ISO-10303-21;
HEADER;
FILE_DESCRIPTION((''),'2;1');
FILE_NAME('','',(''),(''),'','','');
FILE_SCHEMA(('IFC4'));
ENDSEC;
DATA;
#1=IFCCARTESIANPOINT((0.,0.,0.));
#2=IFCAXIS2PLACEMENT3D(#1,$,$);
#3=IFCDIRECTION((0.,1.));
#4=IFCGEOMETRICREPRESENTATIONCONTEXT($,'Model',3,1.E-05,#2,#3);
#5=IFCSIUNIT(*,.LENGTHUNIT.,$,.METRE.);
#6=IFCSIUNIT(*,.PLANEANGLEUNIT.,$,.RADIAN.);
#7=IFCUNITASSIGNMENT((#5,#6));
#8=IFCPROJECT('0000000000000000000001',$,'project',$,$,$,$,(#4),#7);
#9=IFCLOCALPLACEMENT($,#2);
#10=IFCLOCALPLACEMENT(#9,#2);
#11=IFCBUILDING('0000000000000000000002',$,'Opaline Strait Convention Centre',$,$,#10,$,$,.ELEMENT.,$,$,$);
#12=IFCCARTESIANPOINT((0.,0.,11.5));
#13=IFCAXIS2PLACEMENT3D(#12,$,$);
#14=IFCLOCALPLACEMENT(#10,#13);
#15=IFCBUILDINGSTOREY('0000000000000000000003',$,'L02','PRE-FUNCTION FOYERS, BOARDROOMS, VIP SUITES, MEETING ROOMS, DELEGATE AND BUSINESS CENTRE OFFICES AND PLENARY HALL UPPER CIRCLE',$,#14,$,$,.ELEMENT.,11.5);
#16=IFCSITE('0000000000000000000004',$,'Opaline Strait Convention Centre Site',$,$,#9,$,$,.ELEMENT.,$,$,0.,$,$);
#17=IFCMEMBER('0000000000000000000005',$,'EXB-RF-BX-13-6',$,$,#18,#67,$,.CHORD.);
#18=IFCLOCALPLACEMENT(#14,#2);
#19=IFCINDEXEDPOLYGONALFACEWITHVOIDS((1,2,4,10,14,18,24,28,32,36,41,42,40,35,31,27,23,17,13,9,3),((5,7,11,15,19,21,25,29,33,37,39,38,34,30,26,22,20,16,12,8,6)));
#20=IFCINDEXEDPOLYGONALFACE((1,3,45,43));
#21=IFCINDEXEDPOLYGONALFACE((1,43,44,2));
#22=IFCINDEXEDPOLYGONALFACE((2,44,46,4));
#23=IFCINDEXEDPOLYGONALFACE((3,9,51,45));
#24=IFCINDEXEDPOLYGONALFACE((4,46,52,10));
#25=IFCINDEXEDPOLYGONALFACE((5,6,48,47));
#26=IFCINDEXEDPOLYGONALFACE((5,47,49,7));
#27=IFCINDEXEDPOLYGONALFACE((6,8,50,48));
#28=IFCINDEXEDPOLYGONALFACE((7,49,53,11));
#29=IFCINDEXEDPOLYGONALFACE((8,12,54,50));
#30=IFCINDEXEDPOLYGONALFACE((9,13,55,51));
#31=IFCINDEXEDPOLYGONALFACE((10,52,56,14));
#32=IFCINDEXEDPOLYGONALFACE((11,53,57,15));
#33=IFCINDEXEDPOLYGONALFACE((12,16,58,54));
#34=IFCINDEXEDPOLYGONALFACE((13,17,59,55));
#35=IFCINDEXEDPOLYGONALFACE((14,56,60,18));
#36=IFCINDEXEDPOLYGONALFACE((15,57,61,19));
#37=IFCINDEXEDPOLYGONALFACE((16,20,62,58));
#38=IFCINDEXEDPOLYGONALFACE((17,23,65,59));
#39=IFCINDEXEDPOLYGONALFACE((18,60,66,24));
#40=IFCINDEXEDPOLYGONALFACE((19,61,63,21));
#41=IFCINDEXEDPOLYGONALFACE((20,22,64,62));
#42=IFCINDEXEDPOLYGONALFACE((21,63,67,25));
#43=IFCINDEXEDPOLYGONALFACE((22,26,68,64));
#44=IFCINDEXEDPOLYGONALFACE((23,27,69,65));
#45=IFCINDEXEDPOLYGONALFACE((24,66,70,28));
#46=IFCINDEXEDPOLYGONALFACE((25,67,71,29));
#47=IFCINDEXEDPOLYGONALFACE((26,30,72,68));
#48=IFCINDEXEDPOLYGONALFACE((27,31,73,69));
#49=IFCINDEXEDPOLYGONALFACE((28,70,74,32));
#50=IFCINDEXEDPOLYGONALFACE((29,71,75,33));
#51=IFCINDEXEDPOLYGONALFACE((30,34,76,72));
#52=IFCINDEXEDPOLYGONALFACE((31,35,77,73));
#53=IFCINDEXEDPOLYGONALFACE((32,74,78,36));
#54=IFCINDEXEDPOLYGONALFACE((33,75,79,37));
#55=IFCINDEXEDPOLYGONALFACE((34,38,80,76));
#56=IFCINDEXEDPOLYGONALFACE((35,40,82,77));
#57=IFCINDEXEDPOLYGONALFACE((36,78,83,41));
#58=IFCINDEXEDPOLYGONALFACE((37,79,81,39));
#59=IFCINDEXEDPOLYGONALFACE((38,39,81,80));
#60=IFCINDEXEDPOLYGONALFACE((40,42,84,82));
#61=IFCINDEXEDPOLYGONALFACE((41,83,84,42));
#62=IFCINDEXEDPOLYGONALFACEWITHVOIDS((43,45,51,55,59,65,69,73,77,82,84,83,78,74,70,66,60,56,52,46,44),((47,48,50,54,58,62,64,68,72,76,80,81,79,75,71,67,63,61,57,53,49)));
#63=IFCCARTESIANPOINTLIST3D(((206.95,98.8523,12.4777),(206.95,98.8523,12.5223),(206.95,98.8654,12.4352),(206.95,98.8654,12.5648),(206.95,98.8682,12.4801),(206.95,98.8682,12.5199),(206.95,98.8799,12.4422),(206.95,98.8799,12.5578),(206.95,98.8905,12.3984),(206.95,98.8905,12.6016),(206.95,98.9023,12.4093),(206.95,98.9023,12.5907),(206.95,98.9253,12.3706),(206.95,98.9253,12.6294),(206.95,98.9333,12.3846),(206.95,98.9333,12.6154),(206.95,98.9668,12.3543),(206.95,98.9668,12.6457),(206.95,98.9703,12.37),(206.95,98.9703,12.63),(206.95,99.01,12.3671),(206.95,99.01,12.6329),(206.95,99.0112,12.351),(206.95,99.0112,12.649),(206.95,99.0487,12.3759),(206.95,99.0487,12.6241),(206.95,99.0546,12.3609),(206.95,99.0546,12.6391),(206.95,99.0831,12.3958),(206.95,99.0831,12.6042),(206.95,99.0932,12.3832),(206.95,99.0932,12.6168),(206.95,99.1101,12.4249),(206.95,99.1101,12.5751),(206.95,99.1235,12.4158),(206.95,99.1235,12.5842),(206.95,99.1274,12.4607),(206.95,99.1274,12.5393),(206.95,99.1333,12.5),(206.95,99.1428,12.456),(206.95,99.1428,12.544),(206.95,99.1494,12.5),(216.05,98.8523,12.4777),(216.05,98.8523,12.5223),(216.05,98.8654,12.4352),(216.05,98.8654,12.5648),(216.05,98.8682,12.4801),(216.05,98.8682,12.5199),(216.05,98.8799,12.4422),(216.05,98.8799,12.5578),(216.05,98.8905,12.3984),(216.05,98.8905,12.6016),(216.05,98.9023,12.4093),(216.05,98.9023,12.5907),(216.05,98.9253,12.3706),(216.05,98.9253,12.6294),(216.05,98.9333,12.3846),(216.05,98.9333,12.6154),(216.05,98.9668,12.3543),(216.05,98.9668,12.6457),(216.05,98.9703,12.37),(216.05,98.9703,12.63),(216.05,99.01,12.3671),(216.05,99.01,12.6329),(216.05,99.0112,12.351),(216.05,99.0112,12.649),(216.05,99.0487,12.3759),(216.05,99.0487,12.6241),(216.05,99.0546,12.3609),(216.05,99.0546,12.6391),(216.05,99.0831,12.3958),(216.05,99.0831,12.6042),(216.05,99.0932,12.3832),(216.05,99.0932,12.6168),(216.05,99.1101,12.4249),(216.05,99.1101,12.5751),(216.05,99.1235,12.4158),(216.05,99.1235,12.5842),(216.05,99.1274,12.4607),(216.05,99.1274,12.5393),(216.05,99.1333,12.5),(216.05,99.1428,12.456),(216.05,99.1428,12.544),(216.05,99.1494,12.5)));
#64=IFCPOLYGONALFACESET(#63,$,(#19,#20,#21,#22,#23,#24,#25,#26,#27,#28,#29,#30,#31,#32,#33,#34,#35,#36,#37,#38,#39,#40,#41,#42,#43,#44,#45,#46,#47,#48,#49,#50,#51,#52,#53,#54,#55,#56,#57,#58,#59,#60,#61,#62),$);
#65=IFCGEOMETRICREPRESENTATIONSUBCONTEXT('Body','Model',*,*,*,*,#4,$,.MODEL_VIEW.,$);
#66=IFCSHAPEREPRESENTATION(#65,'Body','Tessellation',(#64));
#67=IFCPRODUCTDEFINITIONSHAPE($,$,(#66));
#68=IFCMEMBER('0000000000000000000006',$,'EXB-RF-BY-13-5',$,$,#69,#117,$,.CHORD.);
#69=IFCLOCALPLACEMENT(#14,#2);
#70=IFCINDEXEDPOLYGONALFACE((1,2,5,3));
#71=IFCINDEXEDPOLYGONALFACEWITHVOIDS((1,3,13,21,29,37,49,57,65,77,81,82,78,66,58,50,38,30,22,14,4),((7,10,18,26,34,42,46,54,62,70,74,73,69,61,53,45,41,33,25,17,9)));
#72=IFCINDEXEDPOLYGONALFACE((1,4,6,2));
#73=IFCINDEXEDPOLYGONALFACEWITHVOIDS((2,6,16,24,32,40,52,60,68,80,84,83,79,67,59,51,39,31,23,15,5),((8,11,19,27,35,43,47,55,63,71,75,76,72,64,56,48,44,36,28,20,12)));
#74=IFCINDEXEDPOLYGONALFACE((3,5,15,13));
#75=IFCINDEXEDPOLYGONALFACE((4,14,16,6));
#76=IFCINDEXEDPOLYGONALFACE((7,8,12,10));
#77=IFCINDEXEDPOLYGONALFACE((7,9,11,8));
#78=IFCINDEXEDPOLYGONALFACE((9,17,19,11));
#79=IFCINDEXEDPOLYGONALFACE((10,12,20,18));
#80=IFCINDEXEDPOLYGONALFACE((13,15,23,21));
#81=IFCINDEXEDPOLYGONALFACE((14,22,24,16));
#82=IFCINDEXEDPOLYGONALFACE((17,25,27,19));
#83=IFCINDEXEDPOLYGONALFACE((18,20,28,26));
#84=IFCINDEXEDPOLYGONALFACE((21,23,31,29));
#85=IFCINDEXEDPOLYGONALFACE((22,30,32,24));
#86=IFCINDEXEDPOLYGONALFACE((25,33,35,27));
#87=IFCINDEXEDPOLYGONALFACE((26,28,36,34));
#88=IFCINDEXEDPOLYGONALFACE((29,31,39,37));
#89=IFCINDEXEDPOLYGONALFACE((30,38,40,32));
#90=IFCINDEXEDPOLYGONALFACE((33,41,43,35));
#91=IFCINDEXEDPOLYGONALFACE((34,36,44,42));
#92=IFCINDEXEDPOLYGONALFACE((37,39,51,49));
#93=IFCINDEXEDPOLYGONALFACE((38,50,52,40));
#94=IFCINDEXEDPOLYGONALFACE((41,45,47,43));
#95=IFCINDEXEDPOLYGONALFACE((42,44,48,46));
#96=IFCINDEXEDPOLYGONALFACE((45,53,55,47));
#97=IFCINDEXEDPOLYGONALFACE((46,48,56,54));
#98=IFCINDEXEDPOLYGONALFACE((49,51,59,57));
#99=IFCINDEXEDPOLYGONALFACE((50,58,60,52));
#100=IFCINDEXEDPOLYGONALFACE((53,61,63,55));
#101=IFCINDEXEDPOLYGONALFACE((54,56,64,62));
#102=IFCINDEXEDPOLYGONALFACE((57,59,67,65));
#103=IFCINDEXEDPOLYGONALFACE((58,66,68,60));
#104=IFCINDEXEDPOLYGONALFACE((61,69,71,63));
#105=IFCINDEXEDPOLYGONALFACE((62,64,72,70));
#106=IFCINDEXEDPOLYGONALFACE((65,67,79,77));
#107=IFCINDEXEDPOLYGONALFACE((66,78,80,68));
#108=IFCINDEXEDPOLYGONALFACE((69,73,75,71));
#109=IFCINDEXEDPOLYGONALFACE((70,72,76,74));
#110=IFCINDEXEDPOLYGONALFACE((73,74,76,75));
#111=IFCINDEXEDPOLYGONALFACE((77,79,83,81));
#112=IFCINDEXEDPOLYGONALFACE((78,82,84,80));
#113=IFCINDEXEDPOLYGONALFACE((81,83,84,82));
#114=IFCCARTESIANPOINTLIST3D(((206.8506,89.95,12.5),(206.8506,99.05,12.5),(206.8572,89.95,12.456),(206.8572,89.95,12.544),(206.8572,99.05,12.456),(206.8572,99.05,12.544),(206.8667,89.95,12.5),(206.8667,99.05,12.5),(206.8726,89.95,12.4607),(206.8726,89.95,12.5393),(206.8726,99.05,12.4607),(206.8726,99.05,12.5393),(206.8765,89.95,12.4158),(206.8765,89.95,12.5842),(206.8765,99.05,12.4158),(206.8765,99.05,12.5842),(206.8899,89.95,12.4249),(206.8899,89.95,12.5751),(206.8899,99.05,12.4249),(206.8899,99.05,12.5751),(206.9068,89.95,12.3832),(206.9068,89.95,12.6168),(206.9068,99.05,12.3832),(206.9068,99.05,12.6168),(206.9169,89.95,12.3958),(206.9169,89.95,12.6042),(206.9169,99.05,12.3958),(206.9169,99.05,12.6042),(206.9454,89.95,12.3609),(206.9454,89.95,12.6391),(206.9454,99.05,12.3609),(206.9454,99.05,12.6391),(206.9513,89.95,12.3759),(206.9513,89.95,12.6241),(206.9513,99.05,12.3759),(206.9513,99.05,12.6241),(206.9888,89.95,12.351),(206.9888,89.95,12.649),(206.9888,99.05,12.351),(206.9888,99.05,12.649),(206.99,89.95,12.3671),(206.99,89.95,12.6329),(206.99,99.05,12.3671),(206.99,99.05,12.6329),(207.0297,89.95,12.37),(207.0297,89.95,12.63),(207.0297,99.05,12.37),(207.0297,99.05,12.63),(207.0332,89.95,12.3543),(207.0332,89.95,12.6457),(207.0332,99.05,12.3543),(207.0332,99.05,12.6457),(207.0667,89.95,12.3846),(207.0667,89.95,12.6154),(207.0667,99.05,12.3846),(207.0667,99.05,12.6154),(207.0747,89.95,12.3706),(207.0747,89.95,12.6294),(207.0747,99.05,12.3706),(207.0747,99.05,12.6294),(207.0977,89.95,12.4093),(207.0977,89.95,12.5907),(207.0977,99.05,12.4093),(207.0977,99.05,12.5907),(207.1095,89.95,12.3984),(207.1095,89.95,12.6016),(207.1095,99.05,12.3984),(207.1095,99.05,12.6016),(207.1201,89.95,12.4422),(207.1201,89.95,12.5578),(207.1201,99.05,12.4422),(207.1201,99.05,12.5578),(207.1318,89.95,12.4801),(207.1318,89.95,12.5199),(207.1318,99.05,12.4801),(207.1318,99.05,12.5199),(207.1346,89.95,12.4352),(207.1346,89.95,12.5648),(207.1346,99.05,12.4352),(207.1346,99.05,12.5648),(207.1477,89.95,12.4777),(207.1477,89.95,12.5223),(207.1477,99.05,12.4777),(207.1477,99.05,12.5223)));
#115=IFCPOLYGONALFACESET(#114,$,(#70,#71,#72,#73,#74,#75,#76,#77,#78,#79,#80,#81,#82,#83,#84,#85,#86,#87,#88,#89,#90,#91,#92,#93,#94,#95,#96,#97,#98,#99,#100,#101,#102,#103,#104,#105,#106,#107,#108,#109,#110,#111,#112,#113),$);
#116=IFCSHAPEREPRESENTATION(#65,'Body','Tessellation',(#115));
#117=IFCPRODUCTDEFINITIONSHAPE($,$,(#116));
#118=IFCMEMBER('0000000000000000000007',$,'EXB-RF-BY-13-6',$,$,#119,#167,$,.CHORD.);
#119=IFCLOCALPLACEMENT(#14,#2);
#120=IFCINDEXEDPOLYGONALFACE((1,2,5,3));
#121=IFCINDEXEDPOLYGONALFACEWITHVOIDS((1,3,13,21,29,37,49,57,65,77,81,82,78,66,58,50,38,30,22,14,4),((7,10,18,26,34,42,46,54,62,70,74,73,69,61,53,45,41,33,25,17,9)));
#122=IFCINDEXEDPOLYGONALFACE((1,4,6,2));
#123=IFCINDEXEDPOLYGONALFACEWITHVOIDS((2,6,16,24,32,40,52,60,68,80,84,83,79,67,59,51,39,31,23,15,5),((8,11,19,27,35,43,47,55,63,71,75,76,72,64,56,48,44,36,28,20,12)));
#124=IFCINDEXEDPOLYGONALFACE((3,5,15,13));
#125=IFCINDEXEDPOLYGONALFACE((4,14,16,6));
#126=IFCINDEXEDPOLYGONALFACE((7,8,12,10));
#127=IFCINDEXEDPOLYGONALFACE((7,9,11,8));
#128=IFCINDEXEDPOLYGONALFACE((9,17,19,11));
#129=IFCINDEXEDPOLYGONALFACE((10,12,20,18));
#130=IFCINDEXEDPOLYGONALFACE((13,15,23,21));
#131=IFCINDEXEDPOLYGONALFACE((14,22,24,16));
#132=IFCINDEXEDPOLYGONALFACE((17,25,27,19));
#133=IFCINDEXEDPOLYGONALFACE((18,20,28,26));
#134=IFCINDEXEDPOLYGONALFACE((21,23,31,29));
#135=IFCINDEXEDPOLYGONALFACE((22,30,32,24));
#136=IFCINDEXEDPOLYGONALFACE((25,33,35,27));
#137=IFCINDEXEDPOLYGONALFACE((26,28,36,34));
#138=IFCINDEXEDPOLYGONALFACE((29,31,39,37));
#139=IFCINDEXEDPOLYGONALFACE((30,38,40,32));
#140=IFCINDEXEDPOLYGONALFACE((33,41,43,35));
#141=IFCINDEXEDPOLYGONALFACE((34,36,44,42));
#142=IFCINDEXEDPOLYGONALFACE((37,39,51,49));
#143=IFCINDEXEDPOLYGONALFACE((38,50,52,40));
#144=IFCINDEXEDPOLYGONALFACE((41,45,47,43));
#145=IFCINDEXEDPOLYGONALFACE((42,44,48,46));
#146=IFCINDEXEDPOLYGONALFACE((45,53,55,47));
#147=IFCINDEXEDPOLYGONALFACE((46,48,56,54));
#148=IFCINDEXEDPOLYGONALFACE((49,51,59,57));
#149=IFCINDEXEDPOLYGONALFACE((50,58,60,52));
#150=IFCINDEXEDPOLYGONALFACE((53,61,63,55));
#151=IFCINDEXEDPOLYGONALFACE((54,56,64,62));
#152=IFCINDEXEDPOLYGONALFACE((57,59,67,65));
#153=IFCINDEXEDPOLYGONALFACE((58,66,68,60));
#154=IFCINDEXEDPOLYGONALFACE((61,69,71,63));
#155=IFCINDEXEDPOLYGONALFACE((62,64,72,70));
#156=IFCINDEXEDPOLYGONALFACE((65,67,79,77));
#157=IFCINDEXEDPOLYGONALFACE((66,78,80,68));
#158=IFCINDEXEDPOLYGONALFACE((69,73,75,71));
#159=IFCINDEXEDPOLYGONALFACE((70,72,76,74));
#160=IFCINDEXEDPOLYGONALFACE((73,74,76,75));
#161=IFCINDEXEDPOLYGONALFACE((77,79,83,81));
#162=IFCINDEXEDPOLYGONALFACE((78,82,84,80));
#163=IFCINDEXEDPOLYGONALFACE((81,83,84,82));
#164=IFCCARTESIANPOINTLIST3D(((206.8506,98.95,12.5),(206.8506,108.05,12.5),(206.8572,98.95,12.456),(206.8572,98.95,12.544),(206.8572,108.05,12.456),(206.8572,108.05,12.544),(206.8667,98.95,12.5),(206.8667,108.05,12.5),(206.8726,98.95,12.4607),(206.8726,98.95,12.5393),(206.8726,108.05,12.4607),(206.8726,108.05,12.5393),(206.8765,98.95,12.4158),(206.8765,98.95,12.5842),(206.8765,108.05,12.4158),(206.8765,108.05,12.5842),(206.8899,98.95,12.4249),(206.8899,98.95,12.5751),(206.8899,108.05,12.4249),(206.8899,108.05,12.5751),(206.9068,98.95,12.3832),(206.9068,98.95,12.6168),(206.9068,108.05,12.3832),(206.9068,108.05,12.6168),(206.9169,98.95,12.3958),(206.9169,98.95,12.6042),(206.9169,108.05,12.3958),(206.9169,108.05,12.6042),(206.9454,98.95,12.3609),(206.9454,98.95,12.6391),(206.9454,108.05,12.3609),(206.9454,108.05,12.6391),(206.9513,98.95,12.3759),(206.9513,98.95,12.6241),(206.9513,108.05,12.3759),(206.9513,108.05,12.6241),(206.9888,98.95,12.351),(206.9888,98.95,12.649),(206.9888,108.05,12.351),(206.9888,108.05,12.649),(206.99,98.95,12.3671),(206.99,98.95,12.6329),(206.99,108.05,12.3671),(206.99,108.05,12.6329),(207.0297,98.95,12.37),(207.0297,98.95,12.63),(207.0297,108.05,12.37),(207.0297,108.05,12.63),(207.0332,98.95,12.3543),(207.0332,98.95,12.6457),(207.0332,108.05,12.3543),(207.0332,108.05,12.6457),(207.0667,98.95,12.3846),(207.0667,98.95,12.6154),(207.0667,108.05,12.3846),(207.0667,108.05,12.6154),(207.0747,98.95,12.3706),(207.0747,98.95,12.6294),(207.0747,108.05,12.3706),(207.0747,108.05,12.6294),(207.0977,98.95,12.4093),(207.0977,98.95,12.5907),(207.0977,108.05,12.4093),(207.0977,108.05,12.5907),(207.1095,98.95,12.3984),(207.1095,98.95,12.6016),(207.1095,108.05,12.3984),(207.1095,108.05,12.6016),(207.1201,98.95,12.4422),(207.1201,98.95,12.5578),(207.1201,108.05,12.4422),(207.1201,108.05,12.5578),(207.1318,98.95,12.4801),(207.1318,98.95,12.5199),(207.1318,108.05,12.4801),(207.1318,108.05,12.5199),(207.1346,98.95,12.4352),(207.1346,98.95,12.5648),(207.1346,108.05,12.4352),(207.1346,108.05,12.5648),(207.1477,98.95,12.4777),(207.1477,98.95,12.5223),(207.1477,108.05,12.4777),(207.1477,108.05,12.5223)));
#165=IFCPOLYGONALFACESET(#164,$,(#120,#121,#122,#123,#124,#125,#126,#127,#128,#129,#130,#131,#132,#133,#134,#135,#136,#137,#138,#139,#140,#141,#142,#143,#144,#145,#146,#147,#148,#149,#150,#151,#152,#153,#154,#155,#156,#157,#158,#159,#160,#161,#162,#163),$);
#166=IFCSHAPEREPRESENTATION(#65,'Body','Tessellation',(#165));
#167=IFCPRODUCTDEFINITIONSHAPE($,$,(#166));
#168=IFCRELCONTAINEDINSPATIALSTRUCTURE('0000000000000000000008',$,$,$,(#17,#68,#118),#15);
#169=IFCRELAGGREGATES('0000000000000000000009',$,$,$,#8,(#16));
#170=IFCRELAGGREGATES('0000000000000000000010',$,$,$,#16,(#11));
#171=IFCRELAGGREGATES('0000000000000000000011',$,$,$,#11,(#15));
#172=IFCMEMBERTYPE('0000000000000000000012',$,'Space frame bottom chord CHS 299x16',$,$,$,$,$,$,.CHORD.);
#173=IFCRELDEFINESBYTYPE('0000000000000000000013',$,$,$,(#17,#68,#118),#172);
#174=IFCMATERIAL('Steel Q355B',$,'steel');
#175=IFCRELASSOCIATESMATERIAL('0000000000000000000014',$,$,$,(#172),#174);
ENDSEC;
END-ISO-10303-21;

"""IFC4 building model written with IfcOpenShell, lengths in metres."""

from ifc_helpers import new_model, si_unit, direction, frame, origin, origin_2d, place, context, subcontext, project, spatial, hollow_circle, extrude, material, material_profile, profile_set, type_object, element, save


model = new_model("IFC4")

# Units and contexts
model_context = context("Model", 3, precision=1e-05, world=origin(), true_north=direction((0.0, 1.0)))
body_context = subcontext(model_context, "Body", "Model", "MODEL_VIEW")
ifc_project = project(units=[si_unit("LENGTHUNIT", "METRE"), si_unit("PLANEANGLEUNIT", "RADIAN")], contexts=[model_context])

# Site, building, storey
site_placement = place(None, origin())
site = spatial("IfcSite", under=ifc_project, at=site_placement, Name="Opaline Strait Convention Centre Site", CompositionType="ELEMENT", RefElevation=0.0)
building_placement = place(site_placement, origin())
building = spatial("IfcBuilding", under=site, at=building_placement, Name="Opaline Strait Convention Centre", CompositionType="ELEMENT")
storey_placement = place(building_placement, frame((0.0, 0.0, 11.5)))
storey = spatial("IfcBuildingStorey", under=building, at=storey_placement, Name="L02", Description="PRE-FUNCTION FOYERS, BOARDROOMS, VIP SUITES, MEETING ROOMS, DELEGATE AND BUSINESS CENTRE OFFICES AND PLENARY HALL UPPER CIRCLE", CompositionType="ELEMENT", Elevation=11.5)

# Members
ifc_material_1 = material(Name="Steel Q355B", Category="steel")
ifc_material_profile_1 = material_profile(ifc_material_1, hollow_circle(Radius=0.1494, WallThickness=0.0161, at=origin_2d()), Name="CHS 299x16")
ifc_profile_set_1 = profile_set([ifc_material_profile_1], Name="Steel Q355B")
member_type_1 = type_object("IfcMemberType", Name="Space frame bottom chord CHS 299x16", PredefinedType="CHORD", material=ifc_profile_set_1)
for number, where, z_axis, x_axis, name in (
    (1, (206.95, 99.0, 12.5), (1.0, 0.0, 0.0), (0.0, 1.0, 0.0), "EXB-RF-BX-13-6"),
    (2, (207.0, 89.95, 12.5), (0.0, 1.0, 0.0), (-1.0, 0.0, 0.0), "EXB-RF-BY-13-5"),
    (3, (207.0, 98.95, 12.5), (0.0, 1.0, 0.0), (-1.0, 0.0, 0.0), "EXB-RF-BY-13-6"),
):
    element("IfcMember", number, at=place(storey_placement, frame(where, z_axis=z_axis, x_axis=x_axis)), inside=storey, type_object=member_type_1, Name=name, PredefinedType="CHORD", context=body_context, shape_type="SweptSolid", body=[
        extrude(hollow_circle(Radius=0.1494, WallThickness=0.0161, at=origin_2d()), origin(), (0.0, 0.0, 1.0), 9.1001),
    ])

save(model, "model.ifc")
